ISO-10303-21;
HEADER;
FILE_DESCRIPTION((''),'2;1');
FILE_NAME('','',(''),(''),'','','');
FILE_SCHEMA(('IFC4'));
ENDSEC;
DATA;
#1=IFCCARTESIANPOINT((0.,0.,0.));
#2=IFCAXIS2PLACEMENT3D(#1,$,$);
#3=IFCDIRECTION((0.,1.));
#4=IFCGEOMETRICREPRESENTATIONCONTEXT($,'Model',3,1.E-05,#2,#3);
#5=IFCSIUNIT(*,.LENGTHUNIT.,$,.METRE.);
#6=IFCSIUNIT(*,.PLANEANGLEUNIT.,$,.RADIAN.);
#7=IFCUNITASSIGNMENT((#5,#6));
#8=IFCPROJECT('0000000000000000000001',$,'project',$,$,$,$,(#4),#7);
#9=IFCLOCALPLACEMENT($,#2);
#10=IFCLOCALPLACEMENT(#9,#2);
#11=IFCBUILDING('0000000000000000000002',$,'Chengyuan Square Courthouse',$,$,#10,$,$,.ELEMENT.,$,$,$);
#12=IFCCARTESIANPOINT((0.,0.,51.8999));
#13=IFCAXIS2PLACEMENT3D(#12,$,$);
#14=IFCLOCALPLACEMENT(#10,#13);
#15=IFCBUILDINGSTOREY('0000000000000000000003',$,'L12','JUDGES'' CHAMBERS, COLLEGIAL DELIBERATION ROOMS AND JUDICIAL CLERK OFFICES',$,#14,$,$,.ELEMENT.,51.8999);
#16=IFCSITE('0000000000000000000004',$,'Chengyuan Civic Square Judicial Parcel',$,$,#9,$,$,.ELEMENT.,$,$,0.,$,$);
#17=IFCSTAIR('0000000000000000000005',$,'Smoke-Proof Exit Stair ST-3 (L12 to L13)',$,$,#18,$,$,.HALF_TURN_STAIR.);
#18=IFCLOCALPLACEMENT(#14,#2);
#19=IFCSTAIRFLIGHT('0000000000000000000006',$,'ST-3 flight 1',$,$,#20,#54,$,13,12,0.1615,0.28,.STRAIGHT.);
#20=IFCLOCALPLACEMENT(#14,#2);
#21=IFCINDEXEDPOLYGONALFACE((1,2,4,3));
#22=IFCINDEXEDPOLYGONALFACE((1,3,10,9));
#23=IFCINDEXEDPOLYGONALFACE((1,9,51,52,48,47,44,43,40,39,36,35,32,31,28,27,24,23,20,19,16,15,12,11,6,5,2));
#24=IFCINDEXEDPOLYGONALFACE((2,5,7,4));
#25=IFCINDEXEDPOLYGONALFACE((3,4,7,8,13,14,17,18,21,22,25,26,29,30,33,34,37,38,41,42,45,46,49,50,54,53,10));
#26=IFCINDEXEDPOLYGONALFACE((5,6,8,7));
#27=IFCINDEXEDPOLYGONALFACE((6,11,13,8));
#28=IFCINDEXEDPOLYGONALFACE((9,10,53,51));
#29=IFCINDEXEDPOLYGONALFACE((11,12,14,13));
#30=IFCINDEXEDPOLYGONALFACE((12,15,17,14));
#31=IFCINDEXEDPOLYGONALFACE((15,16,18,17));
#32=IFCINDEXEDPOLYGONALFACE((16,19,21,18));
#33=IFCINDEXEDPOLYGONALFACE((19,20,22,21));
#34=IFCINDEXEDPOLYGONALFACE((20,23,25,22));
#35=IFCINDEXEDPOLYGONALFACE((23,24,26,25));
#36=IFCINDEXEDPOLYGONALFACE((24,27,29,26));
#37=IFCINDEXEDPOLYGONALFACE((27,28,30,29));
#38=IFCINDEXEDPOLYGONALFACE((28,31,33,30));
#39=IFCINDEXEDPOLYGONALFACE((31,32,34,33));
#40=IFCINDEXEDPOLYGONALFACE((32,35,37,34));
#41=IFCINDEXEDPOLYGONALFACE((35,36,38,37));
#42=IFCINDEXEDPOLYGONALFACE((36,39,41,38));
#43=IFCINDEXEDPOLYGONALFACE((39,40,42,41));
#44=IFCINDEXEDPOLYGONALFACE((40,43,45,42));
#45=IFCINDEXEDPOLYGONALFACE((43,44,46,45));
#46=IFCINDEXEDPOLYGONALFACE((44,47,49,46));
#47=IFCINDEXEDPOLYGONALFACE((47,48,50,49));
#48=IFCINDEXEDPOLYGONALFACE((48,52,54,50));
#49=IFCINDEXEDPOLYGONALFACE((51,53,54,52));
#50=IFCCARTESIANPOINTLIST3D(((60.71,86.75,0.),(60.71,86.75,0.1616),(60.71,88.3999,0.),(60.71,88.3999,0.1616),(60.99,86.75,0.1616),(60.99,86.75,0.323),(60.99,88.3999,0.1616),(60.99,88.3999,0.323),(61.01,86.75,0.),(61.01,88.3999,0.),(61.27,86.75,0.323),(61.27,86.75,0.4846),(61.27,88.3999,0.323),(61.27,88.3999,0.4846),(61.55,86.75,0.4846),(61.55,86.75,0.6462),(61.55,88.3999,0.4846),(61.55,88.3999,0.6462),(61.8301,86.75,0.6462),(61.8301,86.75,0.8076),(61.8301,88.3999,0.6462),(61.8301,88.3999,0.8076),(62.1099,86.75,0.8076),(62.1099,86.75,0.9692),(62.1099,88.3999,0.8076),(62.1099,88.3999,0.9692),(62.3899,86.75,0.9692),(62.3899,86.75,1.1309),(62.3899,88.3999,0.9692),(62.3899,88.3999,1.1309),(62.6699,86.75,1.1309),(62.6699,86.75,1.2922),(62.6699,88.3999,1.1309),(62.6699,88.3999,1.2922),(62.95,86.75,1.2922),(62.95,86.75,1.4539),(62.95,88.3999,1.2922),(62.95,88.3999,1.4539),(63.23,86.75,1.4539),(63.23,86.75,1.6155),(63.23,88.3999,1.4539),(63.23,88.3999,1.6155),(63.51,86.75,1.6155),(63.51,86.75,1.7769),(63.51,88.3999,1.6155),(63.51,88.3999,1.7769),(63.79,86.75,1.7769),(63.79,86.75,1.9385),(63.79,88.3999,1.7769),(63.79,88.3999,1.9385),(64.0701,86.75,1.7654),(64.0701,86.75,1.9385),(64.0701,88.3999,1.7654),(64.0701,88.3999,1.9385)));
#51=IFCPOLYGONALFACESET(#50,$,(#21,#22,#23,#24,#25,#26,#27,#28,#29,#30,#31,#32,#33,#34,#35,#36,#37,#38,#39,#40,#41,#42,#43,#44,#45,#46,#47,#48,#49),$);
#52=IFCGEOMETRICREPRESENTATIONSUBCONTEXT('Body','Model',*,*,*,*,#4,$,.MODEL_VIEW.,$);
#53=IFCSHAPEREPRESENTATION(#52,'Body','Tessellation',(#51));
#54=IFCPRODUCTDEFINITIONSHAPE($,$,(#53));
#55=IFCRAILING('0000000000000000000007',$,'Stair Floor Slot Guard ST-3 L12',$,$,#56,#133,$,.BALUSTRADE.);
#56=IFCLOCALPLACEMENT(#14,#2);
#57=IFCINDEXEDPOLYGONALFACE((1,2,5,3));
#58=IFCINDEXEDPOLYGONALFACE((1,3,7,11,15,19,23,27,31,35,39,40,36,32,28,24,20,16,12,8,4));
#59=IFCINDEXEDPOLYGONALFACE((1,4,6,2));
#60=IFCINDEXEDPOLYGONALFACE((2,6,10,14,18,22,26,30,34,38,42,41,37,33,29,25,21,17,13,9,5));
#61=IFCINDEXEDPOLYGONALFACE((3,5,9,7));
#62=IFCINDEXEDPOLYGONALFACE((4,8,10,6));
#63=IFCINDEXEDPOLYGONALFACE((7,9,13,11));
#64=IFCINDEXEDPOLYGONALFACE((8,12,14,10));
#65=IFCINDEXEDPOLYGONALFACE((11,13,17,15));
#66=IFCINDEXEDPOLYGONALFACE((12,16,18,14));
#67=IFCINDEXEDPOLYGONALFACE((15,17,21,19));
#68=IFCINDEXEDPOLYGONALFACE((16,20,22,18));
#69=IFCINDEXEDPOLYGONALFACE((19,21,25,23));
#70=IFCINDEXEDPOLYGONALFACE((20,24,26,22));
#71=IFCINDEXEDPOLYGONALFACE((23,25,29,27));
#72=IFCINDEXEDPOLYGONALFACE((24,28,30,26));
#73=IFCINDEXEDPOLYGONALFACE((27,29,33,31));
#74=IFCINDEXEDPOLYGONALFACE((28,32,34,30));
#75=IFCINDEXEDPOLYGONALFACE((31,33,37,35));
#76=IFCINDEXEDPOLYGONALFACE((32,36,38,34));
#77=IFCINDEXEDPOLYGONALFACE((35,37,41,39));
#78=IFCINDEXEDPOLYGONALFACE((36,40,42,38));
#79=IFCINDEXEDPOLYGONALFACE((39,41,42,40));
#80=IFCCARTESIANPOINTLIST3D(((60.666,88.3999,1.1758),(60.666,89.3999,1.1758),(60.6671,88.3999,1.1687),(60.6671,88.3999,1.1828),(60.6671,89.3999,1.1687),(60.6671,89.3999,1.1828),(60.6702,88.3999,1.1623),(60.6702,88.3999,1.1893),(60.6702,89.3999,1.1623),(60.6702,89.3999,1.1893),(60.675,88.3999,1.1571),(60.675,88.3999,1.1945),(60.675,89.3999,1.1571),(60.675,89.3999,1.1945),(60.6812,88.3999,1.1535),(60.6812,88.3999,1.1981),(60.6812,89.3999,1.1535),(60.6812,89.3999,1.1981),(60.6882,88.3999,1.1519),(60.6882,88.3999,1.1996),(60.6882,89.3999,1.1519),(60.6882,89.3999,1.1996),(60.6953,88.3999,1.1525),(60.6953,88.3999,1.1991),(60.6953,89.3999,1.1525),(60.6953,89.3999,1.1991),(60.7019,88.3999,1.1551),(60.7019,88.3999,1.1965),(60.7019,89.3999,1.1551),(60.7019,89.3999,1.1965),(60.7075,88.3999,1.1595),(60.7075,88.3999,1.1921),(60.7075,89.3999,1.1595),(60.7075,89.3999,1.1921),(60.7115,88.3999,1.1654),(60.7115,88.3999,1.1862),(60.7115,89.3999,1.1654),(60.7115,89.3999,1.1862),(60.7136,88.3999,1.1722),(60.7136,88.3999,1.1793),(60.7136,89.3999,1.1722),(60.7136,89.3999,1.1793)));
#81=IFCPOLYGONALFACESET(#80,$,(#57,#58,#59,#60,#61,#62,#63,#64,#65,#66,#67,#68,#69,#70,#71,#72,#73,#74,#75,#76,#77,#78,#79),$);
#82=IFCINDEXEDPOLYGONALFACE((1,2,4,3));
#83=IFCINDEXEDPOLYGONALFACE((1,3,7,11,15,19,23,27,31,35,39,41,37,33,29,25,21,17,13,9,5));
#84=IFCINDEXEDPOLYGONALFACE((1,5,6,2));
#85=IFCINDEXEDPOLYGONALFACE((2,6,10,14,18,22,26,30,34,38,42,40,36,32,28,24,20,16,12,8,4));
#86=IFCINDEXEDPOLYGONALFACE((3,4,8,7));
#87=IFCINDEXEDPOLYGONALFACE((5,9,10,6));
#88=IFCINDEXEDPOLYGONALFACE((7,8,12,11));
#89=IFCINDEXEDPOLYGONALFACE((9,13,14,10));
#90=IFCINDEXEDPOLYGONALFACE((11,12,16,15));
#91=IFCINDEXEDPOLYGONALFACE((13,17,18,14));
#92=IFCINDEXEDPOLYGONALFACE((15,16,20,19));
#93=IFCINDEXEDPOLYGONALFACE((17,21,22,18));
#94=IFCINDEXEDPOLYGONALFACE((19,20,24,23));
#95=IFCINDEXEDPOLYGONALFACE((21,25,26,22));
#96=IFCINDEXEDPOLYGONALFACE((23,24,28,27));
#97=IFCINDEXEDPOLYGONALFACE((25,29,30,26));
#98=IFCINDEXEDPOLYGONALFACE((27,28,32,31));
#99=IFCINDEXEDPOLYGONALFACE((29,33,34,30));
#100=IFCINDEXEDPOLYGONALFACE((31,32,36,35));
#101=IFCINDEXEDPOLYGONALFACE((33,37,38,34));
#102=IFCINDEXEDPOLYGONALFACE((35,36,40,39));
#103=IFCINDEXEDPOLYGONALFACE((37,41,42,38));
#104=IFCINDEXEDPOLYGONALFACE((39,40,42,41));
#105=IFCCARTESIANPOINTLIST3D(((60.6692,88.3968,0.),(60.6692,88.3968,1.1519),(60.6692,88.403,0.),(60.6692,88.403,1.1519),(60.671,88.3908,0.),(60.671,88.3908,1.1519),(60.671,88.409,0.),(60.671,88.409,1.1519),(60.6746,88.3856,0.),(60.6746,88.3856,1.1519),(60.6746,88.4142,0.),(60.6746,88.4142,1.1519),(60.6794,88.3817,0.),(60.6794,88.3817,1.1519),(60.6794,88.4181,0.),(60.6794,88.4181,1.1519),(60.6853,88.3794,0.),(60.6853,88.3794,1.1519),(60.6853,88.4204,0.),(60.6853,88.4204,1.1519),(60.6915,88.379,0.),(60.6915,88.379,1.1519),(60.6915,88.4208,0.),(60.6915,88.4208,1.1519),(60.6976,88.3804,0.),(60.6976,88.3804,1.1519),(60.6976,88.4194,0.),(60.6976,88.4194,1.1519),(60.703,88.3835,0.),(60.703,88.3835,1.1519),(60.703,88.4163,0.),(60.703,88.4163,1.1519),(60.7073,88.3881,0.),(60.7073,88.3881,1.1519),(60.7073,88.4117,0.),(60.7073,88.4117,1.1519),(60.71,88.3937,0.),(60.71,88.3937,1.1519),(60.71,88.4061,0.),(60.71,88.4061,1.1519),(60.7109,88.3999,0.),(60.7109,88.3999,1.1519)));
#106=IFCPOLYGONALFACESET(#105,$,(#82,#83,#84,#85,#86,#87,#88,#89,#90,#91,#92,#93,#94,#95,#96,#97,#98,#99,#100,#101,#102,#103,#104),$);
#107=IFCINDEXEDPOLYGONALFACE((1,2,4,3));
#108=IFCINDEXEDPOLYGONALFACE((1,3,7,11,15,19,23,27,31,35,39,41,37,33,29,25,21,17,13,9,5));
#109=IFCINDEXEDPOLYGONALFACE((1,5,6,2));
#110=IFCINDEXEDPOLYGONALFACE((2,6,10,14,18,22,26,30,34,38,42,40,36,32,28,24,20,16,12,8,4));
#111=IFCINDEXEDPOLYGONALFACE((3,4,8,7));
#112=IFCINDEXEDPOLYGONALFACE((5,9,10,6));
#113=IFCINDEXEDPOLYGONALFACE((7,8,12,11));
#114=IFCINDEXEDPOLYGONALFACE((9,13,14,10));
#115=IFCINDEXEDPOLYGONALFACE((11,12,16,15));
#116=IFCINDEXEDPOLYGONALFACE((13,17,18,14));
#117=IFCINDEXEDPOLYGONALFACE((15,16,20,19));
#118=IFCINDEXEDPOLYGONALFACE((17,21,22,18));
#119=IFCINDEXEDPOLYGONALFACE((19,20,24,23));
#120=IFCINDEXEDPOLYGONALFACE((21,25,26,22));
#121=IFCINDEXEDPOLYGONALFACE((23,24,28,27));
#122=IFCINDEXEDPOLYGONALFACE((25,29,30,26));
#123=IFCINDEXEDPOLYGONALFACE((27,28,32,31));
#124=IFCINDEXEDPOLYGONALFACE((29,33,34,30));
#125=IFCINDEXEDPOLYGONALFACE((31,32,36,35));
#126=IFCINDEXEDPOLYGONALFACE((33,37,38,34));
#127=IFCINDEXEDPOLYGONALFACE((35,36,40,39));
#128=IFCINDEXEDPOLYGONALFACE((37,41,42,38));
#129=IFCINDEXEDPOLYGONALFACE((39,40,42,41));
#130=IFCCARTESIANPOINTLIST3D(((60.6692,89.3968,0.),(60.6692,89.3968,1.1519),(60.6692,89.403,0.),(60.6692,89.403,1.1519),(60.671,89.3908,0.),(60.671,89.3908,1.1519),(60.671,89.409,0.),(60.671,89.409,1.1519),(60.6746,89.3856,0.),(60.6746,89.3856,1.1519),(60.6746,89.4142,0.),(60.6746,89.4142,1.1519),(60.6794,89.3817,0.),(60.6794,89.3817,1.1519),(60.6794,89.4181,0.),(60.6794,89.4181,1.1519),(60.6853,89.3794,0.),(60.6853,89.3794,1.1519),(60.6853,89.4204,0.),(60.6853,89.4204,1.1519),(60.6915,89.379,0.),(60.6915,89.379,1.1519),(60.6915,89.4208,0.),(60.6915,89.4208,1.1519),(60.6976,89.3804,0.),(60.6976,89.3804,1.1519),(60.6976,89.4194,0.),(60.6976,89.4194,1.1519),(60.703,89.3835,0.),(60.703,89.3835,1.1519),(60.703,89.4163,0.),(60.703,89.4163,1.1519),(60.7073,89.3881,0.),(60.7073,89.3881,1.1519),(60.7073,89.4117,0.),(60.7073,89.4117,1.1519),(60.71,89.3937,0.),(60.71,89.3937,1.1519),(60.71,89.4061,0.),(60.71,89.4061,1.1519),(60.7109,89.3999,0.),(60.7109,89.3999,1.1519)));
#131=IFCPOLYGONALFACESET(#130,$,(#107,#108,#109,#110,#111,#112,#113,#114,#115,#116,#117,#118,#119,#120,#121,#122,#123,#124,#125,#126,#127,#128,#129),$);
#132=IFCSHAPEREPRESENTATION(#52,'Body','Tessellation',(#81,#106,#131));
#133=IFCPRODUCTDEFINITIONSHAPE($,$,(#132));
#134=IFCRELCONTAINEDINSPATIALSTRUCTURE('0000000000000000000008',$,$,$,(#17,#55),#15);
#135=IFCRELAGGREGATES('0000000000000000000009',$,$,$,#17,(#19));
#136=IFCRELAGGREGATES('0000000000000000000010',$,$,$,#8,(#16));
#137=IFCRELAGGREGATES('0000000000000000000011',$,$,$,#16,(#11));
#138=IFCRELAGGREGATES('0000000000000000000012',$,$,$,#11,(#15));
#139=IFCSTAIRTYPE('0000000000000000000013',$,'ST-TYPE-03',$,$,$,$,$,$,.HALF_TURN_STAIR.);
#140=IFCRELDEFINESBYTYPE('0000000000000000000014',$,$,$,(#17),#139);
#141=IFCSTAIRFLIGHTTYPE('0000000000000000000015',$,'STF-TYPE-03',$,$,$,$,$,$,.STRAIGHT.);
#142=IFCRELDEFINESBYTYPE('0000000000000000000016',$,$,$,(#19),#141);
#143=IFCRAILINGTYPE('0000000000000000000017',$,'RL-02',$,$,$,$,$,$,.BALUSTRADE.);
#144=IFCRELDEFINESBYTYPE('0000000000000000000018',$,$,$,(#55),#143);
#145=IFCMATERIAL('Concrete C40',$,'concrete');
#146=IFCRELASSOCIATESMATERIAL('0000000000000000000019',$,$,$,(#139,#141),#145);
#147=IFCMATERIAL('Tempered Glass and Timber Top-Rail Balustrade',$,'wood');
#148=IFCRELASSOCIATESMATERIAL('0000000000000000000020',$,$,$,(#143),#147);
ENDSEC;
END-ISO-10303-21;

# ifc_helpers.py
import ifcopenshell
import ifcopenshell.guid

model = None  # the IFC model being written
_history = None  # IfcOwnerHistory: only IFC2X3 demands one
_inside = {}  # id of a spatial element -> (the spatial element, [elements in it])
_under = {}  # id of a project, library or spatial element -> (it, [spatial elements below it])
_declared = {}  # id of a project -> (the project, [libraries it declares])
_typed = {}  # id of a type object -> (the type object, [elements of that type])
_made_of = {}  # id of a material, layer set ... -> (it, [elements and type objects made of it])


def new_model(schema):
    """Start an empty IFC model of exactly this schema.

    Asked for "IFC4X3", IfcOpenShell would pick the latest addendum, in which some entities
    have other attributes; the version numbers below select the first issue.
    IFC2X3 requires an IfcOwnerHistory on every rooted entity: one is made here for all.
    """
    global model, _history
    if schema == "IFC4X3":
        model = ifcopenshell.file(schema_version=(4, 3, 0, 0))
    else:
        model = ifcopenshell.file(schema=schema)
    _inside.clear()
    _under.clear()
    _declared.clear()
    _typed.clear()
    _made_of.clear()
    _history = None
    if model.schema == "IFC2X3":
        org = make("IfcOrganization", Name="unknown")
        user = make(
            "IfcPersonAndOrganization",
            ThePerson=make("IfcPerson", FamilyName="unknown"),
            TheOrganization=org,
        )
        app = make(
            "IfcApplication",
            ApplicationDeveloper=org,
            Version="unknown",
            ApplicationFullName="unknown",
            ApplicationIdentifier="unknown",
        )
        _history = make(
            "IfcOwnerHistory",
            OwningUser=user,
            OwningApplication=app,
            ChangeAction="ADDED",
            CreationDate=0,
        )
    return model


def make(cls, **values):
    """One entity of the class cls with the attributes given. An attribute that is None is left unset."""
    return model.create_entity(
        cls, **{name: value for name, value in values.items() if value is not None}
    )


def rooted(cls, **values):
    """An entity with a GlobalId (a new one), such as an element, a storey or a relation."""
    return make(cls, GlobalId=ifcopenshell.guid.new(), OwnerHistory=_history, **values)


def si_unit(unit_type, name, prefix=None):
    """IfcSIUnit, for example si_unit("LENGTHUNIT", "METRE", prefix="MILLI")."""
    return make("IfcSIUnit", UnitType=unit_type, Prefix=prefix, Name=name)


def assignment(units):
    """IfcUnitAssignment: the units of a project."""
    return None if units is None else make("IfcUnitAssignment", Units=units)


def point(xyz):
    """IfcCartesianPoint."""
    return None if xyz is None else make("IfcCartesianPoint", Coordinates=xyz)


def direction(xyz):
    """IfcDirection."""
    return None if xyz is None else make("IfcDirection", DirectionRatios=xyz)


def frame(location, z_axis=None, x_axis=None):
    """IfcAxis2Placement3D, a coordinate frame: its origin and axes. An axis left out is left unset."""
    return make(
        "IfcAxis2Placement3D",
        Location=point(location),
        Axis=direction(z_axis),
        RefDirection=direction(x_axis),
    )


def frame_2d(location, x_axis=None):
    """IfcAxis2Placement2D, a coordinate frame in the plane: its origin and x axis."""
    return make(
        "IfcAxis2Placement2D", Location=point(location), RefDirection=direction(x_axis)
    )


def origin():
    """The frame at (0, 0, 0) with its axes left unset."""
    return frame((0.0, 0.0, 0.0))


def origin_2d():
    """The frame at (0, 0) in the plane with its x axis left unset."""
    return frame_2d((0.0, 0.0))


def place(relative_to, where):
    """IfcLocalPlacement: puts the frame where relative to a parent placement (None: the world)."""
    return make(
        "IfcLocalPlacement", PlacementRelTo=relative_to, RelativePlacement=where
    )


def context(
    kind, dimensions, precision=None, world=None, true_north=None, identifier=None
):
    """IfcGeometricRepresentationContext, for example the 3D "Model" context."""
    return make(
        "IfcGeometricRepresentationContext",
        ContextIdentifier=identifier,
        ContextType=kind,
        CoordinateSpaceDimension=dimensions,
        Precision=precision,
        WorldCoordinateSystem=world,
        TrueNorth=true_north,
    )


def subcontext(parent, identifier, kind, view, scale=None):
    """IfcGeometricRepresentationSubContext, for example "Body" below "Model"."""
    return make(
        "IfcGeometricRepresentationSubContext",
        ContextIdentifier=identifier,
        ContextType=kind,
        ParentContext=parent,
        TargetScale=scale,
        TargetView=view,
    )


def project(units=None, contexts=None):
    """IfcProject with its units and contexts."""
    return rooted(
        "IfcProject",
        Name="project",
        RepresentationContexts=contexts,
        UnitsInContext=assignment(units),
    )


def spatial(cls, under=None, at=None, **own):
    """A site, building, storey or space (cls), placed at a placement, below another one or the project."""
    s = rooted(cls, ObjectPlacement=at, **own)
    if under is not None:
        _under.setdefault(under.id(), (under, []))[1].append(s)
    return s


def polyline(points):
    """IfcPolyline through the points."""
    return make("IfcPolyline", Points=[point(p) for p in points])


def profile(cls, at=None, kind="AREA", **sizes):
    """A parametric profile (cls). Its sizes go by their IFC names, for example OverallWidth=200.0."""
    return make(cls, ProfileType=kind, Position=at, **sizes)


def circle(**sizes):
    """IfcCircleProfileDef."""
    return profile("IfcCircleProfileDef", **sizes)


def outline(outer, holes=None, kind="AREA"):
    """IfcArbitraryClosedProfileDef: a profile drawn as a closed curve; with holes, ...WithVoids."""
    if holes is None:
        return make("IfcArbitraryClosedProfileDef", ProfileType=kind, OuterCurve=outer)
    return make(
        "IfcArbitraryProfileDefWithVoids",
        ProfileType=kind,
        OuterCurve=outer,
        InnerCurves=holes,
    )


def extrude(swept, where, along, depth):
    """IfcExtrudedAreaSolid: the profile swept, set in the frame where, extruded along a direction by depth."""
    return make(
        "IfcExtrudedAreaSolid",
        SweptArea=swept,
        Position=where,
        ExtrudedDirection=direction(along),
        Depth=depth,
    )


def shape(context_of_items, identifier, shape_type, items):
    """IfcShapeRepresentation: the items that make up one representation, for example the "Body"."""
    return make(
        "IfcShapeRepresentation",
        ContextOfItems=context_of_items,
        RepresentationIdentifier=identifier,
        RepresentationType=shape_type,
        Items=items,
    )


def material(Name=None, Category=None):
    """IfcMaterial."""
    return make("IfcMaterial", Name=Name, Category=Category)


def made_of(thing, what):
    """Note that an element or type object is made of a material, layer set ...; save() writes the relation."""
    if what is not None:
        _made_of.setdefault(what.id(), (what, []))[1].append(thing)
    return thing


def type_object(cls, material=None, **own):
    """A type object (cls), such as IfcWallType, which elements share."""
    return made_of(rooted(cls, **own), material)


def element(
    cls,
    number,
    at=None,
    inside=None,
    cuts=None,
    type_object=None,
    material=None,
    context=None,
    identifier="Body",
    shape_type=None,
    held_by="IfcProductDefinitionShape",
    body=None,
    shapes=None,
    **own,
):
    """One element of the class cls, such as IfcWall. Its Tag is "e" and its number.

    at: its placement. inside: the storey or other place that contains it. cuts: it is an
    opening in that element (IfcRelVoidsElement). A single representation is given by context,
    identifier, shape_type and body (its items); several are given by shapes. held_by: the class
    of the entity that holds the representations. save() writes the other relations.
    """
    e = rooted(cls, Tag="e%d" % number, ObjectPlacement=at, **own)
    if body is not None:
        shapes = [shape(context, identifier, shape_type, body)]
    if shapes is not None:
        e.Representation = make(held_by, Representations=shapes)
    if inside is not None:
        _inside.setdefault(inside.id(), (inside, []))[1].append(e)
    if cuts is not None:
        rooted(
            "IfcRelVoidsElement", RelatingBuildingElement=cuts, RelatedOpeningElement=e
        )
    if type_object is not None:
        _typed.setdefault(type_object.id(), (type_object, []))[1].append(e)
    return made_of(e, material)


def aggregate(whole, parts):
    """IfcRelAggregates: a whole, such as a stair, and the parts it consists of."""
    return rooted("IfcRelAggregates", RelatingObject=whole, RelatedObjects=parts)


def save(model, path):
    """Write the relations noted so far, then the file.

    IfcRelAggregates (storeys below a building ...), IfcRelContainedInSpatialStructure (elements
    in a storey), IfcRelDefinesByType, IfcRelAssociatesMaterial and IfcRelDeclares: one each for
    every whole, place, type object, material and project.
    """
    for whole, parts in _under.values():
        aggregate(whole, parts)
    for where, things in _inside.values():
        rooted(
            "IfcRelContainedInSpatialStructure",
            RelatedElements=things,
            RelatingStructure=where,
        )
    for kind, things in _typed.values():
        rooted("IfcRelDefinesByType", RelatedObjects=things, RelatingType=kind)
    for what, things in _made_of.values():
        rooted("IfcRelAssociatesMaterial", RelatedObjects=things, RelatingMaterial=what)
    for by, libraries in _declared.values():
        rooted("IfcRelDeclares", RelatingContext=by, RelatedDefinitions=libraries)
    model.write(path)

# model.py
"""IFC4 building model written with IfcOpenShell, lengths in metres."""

from ifc_helpers import new_model, si_unit, direction, frame, origin, origin_2d, place, context, subcontext, project, spatial, polyline, circle, outline, extrude, material, type_object, element, aggregate, save


model = new_model("IFC4")

# Units and contexts
model_context = context("Model", 3, precision=1e-05, world=origin(), true_north=direction((0.0, 1.0)))
body_context = subcontext(model_context, "Body", "Model", "MODEL_VIEW")
ifc_project = project(units=[si_unit("LENGTHUNIT", "METRE"), si_unit("PLANEANGLEUNIT", "RADIAN")], contexts=[model_context])

# Site, building, storey
site_placement = place(None, origin())
site = spatial("IfcSite", under=ifc_project, at=site_placement, Name="Chengyuan Civic Square Judicial Parcel", CompositionType="ELEMENT", RefElevation=0.0)
building_placement = place(site_placement, origin())
building = spatial("IfcBuilding", under=site, at=building_placement, Name="Chengyuan Square Courthouse", CompositionType="ELEMENT")
storey_placement = place(building_placement, frame((0.0, 0.0, 51.8999)))
storey = spatial("IfcBuildingStorey", under=building, at=storey_placement, Name="L12", Description="JUDGES' CHAMBERS, COLLEGIAL DELIBERATION ROOMS AND JUDICIAL CLERK OFFICES", CompositionType="ELEMENT", Elevation=51.8999)

# Shared definitions
ifc_material_1 = material(Name="Concrete C40", Category="concrete")

# Stair, stair flight
stair_type = type_object("IfcStairType", Name="ST-TYPE-03", PredefinedType="HALF_TURN_STAIR", material=ifc_material_1)
stair_placement = place(storey_placement, origin())
stair = element("IfcStair", 1, at=stair_placement, inside=storey, type_object=stair_type, Name="Smoke-Proof Exit Stair ST-3 (L12 to L13)", PredefinedType="HALF_TURN_STAIR")
stair_flight_type = type_object("IfcStairFlightType", Name="STF-TYPE-03", PredefinedType="STRAIGHT", material=ifc_material_1)
stair_flight_placement = place(storey_placement, frame((60.71, 87.575, 0.0), z_axis=(0.0, 0.0, 1.0), x_axis=(1.0, 0.0, 0.0)))
stair_flight = element("IfcStairFlight", 2, at=stair_flight_placement, type_object=stair_flight_type, Name="ST-3 flight 1", NumberOfRisers=13, NumberOfTreads=12, PredefinedType="STRAIGHT", RiserHeight=0.1615, TreadLength=0.28, context=body_context, shape_type="SweptSolid", body=[
    extrude(outline(polyline([(0.0, 0.0), (0.0, 0.1616), (0.28, 0.1616), (0.28, 0.323), (0.5601, 0.323), (0.5601, 0.4846), (0.8401, 0.4846), (0.8401, 0.6462), (1.1201, 0.6462), (1.1201, 0.8076), (1.3999, 0.8076), (1.3999, 0.9692), (1.6799, 0.9692), (1.6799, 1.1309), (1.96, 1.1309), (1.96, 1.2922), (2.24, 1.2922), (2.24, 1.4539), (2.52, 1.4539), (2.52, 1.6155), (2.8, 1.6155), (2.8, 1.7769), (3.0801, 1.7769), (3.0801, 1.9385), (3.3601, 1.9385), (3.3601, 2.1001), (3.3601, 1.7654), (0.3, 0.0), (0.0, 0.0)])), frame((0.0, 0.825, 0.0), z_axis=(0.0, -1.0, 0.0), x_axis=(1.0, 0.0, 0.0)), (0.0, 0.0, 1.0), 1.6499),
])
aggregate(stair, [stair_flight])

# Railing
ifc_material_2 = material(Name="Tempered Glass and Timber Top-Rail Balustrade", Category="wood")
railing_type_1 = type_object("IfcRailingType", Name="RL-02", PredefinedType="BALUSTRADE", material=ifc_material_2)
railing_1_placement = place(storey_placement, frame((60.6899, 88.3999, 0.0)))
element("IfcRailing", 3, at=railing_1_placement, inside=storey, type_object=railing_type_1, Name="Stair Floor Slot Guard ST-3 L12", PredefinedType="BALUSTRADE", context=body_context, shape_type="SweptSolid", body=[
    extrude(circle(Radius=0.0239, at=origin_2d()), frame((0.0, 0.0, 1.1758), z_axis=(0.0, 1.0, 0.0), x_axis=(-1.0, 0.0, 0.0)), (0.0, 0.0, 1.0), 1.0),
    extrude(circle(Radius=0.021, at=origin_2d()), origin(), (0.0, 0.0, 1.0), 1.1519),
    extrude(circle(Radius=0.021, at=origin_2d()), frame((0.0, 1.0, 0.0)), (0.0, 0.0, 1.0), 1.1519),
])

save(model, "model.ifc")
